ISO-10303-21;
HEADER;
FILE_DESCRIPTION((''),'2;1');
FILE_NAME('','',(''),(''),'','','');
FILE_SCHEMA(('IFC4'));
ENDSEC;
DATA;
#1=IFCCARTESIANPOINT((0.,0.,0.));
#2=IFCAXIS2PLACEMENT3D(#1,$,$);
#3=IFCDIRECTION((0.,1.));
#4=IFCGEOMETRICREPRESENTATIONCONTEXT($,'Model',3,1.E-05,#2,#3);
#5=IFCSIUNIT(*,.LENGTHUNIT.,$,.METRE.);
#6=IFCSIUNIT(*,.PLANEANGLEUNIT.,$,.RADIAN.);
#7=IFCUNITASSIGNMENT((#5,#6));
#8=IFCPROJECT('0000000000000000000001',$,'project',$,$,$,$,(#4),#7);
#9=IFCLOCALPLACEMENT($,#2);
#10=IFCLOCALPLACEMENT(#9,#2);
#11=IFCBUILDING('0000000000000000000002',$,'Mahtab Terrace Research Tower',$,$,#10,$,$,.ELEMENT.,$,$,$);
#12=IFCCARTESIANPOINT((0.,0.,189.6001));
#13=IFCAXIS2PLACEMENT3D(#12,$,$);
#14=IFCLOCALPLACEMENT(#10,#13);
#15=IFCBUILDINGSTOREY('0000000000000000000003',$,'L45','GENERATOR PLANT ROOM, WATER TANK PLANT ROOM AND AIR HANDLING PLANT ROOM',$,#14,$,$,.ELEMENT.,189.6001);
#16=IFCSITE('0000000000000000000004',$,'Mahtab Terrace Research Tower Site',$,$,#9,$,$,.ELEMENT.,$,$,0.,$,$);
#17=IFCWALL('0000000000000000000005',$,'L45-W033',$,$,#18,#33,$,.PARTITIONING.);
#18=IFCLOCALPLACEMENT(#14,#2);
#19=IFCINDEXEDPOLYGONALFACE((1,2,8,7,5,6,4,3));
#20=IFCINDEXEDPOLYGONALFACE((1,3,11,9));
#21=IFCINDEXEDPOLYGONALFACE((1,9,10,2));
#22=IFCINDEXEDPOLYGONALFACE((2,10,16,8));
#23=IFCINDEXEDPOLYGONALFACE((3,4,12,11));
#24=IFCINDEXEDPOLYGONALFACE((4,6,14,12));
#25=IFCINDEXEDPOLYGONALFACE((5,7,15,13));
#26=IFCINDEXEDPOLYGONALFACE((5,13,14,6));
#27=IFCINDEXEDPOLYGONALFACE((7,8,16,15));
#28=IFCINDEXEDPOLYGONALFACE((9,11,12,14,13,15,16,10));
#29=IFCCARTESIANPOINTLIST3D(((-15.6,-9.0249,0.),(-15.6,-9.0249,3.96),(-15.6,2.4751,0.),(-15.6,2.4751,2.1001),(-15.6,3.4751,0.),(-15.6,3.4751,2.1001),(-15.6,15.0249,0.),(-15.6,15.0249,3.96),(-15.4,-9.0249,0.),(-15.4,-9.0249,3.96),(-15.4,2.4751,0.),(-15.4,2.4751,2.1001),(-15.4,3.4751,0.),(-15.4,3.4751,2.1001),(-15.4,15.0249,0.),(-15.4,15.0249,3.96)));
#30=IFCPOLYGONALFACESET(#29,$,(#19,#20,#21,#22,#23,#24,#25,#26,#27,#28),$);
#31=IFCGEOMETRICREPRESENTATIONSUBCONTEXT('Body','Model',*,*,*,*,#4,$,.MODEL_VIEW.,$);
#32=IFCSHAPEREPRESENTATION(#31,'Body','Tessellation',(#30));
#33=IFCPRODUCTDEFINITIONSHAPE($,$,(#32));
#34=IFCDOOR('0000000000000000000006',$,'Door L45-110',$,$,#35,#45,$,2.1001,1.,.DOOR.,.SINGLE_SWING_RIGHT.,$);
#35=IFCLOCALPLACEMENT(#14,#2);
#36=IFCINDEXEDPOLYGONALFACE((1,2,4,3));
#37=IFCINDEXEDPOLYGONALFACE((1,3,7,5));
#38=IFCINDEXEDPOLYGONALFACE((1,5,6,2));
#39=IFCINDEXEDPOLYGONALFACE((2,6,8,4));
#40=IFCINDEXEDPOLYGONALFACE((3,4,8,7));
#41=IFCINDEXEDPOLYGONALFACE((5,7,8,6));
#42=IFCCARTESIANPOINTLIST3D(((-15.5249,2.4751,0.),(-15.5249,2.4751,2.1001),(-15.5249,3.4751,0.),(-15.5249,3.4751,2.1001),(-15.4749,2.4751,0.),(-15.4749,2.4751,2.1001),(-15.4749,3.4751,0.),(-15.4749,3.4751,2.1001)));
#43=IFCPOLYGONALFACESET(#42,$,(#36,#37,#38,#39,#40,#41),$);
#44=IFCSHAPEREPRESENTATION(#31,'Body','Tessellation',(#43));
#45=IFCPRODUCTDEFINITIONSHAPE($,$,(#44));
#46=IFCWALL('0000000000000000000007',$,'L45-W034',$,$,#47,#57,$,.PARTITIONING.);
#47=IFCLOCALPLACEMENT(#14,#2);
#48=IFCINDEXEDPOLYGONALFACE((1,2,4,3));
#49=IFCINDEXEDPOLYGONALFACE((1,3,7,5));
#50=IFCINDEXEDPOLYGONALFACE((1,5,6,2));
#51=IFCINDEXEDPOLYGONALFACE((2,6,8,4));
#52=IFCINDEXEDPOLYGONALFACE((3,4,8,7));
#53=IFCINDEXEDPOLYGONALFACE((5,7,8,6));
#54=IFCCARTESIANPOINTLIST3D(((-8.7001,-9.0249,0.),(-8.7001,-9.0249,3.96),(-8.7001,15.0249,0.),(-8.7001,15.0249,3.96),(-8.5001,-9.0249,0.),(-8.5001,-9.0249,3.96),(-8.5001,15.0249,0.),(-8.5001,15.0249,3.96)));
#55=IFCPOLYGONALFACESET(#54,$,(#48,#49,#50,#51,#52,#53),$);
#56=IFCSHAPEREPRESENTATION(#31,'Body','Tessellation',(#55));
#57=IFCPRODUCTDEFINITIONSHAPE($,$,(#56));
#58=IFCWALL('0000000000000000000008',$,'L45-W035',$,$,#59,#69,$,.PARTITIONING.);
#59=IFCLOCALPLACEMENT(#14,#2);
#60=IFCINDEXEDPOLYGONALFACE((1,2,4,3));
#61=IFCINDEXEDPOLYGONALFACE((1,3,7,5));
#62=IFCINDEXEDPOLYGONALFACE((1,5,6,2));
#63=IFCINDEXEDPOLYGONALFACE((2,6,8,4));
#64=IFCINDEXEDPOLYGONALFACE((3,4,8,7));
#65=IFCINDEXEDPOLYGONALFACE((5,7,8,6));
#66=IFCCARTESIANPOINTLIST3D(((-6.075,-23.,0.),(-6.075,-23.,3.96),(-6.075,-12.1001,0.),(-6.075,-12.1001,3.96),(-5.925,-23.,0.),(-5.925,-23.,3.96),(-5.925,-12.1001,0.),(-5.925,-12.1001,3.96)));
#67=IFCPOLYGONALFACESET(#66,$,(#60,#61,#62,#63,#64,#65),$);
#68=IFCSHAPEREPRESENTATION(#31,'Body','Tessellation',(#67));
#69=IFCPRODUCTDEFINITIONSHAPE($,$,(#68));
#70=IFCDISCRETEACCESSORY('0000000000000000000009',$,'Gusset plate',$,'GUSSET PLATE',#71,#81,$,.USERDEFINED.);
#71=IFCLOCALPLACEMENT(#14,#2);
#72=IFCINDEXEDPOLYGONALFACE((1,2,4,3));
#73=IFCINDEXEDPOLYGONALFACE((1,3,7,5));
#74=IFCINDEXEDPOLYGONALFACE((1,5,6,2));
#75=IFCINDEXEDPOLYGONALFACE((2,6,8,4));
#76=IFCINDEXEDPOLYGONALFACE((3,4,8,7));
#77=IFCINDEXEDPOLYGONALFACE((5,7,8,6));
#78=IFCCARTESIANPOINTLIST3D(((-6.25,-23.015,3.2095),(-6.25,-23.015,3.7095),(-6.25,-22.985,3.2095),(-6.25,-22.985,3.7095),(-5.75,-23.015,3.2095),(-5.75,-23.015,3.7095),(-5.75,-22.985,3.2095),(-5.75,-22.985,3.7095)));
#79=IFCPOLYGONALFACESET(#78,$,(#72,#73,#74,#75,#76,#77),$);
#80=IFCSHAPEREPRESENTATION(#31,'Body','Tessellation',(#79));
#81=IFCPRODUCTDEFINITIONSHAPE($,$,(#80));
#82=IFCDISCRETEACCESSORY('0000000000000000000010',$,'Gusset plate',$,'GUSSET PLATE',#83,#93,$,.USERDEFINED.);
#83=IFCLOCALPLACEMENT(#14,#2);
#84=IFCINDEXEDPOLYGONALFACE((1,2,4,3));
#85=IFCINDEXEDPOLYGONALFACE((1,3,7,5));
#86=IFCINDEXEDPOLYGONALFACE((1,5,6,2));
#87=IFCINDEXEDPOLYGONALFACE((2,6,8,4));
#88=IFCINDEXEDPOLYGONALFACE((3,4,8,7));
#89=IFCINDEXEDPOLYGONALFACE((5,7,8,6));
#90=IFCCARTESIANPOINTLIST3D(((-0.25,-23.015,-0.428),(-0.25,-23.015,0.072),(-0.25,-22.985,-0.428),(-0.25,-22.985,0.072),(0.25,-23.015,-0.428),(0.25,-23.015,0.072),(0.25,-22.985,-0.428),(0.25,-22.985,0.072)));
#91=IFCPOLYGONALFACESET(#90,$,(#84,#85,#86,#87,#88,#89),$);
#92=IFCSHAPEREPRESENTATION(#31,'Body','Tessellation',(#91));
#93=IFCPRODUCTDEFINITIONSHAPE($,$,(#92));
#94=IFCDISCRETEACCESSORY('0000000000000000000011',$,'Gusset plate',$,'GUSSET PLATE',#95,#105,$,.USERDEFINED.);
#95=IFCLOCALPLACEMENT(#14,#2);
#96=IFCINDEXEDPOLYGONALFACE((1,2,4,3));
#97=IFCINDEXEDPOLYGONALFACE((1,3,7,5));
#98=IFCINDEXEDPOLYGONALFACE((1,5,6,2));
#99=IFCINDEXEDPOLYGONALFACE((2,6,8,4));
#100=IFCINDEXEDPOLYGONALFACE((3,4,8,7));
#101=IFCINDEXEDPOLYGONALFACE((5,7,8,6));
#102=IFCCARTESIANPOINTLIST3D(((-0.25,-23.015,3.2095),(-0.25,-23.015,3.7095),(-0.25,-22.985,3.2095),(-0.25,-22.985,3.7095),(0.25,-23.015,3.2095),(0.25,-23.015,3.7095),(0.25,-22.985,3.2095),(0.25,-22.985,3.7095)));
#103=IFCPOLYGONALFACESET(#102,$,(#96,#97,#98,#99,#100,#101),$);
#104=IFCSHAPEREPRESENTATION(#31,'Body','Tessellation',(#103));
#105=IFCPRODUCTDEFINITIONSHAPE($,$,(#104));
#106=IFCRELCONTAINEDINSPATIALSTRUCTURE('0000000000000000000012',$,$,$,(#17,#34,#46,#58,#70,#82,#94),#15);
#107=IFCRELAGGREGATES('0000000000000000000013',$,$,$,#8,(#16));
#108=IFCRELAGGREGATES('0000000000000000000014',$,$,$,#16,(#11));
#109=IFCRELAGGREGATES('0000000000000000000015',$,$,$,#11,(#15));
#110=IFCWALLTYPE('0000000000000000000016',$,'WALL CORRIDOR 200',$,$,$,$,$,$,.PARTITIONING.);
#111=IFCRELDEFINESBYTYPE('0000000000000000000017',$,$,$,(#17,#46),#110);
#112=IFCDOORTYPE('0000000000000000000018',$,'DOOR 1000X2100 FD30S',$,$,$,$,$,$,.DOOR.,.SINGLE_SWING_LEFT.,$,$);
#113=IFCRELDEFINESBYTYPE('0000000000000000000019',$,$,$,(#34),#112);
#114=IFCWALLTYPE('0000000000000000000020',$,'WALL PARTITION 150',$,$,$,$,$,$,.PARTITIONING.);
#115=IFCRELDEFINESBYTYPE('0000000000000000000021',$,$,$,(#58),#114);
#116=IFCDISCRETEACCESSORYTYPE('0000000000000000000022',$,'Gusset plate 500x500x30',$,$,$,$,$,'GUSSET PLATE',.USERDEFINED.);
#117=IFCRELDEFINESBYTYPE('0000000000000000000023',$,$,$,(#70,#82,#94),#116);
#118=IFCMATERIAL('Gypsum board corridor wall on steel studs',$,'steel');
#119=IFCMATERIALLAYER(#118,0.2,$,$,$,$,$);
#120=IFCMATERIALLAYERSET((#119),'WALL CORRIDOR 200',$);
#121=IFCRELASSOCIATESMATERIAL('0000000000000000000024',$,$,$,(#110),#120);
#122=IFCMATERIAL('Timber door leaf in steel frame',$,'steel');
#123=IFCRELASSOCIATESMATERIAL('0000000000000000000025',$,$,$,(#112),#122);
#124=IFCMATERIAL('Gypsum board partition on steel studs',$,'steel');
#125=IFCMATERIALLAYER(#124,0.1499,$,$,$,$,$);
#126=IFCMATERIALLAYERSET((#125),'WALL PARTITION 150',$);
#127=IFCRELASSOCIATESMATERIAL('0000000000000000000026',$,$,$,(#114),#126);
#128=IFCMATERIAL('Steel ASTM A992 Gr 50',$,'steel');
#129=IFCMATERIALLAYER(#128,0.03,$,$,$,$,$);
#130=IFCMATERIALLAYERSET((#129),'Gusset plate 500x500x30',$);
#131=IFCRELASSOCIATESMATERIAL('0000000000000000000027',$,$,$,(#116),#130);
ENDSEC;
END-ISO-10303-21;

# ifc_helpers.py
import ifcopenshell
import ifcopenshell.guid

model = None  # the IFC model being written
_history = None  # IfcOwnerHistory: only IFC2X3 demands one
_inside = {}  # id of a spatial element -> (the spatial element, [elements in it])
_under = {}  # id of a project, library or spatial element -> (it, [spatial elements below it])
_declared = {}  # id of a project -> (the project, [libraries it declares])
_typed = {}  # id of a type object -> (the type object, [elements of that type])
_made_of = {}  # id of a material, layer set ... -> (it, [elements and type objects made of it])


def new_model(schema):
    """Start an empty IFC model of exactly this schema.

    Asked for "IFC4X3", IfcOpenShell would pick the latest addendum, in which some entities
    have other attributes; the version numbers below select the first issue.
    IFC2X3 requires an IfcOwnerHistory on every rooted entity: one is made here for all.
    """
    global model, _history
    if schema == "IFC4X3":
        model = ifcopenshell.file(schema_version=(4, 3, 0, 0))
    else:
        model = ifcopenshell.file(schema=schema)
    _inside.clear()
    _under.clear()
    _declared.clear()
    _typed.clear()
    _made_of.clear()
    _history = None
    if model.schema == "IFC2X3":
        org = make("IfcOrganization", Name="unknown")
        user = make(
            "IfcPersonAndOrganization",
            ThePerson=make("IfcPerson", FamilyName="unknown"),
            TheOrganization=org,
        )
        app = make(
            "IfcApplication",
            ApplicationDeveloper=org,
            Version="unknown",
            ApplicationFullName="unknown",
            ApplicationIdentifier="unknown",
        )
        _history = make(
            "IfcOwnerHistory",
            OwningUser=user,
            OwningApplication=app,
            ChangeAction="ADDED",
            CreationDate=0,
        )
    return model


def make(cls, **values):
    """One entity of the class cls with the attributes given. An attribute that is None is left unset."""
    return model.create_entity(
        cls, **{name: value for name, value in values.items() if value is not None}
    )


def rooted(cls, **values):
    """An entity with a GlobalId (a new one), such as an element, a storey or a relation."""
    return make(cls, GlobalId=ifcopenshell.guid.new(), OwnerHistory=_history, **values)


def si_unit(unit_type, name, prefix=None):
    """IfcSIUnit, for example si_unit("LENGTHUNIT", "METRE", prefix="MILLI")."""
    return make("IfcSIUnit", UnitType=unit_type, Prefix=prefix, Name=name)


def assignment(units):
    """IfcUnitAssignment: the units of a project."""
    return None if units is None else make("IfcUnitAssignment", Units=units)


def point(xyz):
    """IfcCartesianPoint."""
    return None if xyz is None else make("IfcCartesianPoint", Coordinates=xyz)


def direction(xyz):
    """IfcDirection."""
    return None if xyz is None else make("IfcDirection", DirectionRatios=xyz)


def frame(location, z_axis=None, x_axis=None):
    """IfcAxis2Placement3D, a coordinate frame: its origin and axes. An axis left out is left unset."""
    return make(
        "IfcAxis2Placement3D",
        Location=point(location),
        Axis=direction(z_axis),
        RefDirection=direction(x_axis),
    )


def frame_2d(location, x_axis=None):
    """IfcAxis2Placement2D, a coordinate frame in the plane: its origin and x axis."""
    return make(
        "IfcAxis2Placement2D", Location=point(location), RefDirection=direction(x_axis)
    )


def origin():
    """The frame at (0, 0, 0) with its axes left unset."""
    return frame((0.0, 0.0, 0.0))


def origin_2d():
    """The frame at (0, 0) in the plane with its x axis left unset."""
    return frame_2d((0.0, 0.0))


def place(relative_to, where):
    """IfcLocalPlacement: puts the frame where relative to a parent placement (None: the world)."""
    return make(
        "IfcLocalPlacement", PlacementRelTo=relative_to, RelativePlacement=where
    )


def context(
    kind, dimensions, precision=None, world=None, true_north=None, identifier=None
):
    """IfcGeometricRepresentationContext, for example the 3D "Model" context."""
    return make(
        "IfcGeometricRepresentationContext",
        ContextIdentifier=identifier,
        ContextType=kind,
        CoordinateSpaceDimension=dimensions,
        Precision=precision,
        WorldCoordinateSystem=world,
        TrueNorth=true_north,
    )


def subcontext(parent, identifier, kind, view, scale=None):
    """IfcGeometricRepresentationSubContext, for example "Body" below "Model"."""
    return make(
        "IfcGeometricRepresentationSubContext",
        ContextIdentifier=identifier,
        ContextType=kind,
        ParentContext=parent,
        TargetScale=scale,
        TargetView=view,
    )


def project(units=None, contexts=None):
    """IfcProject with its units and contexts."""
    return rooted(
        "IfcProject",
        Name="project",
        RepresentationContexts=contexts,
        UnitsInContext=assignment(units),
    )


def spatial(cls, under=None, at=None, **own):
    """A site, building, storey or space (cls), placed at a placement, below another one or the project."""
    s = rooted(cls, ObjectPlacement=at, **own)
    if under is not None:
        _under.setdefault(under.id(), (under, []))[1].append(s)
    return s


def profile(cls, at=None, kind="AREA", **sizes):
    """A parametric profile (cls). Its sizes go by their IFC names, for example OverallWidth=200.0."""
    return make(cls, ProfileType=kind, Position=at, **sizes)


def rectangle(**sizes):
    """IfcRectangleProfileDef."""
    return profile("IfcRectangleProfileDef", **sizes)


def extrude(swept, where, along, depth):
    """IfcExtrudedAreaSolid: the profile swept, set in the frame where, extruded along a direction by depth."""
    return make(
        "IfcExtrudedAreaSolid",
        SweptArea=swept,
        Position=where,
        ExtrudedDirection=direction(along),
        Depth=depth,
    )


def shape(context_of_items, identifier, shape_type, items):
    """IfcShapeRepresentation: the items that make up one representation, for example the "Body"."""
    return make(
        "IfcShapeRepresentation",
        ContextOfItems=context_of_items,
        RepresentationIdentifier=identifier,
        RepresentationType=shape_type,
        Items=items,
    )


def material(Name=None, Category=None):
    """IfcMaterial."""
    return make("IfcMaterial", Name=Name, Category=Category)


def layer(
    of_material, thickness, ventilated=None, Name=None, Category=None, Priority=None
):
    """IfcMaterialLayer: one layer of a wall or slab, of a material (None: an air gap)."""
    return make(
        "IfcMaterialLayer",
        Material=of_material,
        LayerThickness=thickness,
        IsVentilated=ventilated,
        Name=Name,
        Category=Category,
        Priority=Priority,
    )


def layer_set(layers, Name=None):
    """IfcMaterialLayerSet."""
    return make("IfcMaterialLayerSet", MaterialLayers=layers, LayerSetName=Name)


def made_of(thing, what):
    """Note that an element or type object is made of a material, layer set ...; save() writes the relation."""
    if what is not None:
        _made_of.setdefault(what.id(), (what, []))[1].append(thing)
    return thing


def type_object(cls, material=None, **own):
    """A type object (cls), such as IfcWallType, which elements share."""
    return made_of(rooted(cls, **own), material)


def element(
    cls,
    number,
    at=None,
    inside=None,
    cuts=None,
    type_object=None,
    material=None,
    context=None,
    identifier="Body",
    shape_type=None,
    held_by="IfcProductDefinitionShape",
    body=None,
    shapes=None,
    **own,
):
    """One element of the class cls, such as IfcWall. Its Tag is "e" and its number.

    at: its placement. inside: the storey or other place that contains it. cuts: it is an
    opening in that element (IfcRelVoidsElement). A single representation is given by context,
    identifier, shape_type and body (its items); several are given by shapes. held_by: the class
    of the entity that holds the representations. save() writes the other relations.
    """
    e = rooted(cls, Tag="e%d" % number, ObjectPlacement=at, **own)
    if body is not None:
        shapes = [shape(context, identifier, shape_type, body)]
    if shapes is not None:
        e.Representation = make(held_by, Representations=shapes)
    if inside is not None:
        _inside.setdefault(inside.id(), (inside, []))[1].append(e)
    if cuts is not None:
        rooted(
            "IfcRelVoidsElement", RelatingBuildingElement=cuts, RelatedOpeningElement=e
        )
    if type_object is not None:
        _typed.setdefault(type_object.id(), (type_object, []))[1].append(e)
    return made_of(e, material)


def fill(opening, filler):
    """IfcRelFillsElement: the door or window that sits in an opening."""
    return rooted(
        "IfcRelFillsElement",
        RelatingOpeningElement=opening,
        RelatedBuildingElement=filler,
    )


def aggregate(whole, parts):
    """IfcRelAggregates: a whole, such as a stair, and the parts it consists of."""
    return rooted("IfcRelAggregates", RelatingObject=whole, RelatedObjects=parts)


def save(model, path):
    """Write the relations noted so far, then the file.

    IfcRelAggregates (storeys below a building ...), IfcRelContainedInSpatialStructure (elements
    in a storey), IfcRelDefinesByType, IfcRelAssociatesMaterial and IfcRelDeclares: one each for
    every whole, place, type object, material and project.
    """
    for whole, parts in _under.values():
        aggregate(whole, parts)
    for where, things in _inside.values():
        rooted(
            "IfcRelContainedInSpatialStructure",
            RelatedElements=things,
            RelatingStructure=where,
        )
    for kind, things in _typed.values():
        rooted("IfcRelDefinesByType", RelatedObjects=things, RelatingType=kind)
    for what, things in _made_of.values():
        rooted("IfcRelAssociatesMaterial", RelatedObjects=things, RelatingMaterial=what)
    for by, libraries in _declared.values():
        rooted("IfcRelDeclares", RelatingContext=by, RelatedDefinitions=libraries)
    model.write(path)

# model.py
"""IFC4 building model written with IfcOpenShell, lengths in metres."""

from ifc_helpers import new_model, si_unit, direction, frame, frame_2d, origin, origin_2d, place, context, subcontext, project, spatial, rectangle, extrude, material, layer, layer_set, type_object, element, fill, save


model = new_model("IFC4")

# Units and contexts
model_context = context("Model", 3, precision=1e-05, world=origin(), true_north=direction((0.0, 1.0)))
body_context = subcontext(model_context, "Body", "Model", "MODEL_VIEW")
ifc_project = project(units=[si_unit("LENGTHUNIT", "METRE"), si_unit("PLANEANGLEUNIT", "RADIAN")], contexts=[model_context])

# Site, building, storey
site_placement = place(None, origin())
site = spatial("IfcSite", under=ifc_project, at=site_placement, Name="Mahtab Terrace Research Tower Site", CompositionType="ELEMENT", RefElevation=0.0)
building_placement = place(site_placement, origin())
building = spatial("IfcBuilding", under=site, at=building_placement, Name="Mahtab Terrace Research Tower", CompositionType="ELEMENT")
storey_placement = place(building_placement, frame((0.0, 0.0, 189.6001)))
storey = spatial("IfcBuildingStorey", under=building, at=storey_placement, Name="L45", Description="GENERATOR PLANT ROOM, WATER TANK PLANT ROOM AND AIR HANDLING PLANT ROOM", CompositionType="ELEMENT", Elevation=189.6001)

# Shared definitions
ifc_material_1 = material(Name="Steel ASTM A992 Gr 50", Category="steel")

# Shared definitions
ifc_material_2 = material(Name="Gypsum board corridor wall on steel studs", Category="steel")
ifc_layer_1 = layer(ifc_material_2, 0.2)
ifc_layer_set_1 = layer_set([ifc_layer_1], Name="WALL CORRIDOR 200")
wall_type_1 = type_object("IfcWallType", Name="WALL CORRIDOR 200", PredefinedType="PARTITIONING", material=ifc_layer_set_1)
ifc_material_3 = material(Name="Timber door leaf in steel frame", Category="steel")
door_type_1 = type_object("IfcDoorType", Name="DOOR 1000X2100 FD30S", OperationType="SINGLE_SWING_LEFT", PredefinedType="DOOR", material=ifc_material_3)

# Wall, opening, door
wall_1_placement = place(storey_placement, frame((-15.5, -9.0249, 0.0), z_axis=(0.0, 0.0, 1.0), x_axis=(0.0, 1.0, 0.0)))
wall_1 = element("IfcWall", 1, at=wall_1_placement, inside=storey, type_object=wall_type_1, Name="L45-W033", PredefinedType="PARTITIONING", context=body_context, shape_type="SweptSolid", body=[
    extrude(rectangle(XDim=24.0498, YDim=0.2, at=frame_2d((12.0249, 0.0))), origin(), (0.0, 0.0, 1.0), 3.96),
])
opening_1_placement = place(wall_1_placement, frame((11.5, 0.0, 0.0)))
opening_1 = element("IfcOpeningElement", 2, at=opening_1_placement, cuts=wall_1, PredefinedType="OPENING", context=body_context, shape_type="SweptSolid", body=[
    extrude(rectangle(XDim=1.0, YDim=2.1001, at=frame_2d((0.5, 1.05))), frame((0.0, 0.1099, 0.0), z_axis=(0.0, -1.0, 0.0), x_axis=(1.0, 0.0, 0.0)), (0.0, 0.0, 1.0), 0.22),
])
door_1_placement = place(opening_1_placement, origin())
door_1 = element("IfcDoor", 3, at=door_1_placement, inside=storey, type_object=door_type_1, Name="Door L45-110", OperationType="SINGLE_SWING_RIGHT", OverallHeight=2.1001, OverallWidth=1.0, PredefinedType="DOOR", context=body_context, shape_type="SweptSolid", body=[
    extrude(rectangle(XDim=1.0, YDim=2.1001, at=frame_2d((0.5, 1.05))), frame((0.0, 0.0249, 0.0), z_axis=(0.0, -1.0, 0.0), x_axis=(1.0, 0.0, 0.0)), (0.0, 0.0, 1.0), 0.05),
])
fill(opening_1, door_1)

# Walls
wall_2_placement = place(storey_placement, frame((-8.6001, -9.0249, 0.0), z_axis=(0.0, 0.0, 1.0), x_axis=(0.0, 1.0, 0.0)))
element("IfcWall", 4, at=wall_2_placement, inside=storey, type_object=wall_type_1, Name="L45-W034", PredefinedType="PARTITIONING", context=body_context, shape_type="SweptSolid", body=[
    extrude(rectangle(XDim=24.0498, YDim=0.2, at=frame_2d((12.0249, 0.0))), origin(), (0.0, 0.0, 1.0), 3.96),
])
ifc_material_4 = material(Name="Gypsum board partition on steel studs", Category="steel")
ifc_layer_2 = layer(ifc_material_4, 0.1499)
ifc_layer_set_2 = layer_set([ifc_layer_2], Name="WALL PARTITION 150")
wall_type_2 = type_object("IfcWallType", Name="WALL PARTITION 150", PredefinedType="PARTITIONING", material=ifc_layer_set_2)
wall_3_placement = place(storey_placement, frame((-6.0, -23.0, 0.0), z_axis=(0.0, 0.0, 1.0), x_axis=(0.0, 1.0, 0.0)))
element("IfcWall", 5, at=wall_3_placement, inside=storey, type_object=wall_type_2, Name="L45-W035", PredefinedType="PARTITIONING", context=body_context, shape_type="SweptSolid", body=[
    extrude(rectangle(XDim=10.8999, YDim=0.1499, at=frame_2d((5.45, 0.0))), origin(), (0.0, 0.0, 1.0), 3.96),
])

# Discrete accessories
ifc_layer_3 = layer(ifc_material_1, 0.03)
ifc_layer_set_3 = layer_set([ifc_layer_3], Name="Gusset plate 500x500x30")
discrete_accessory_type = type_object("IfcDiscreteAccessoryType", Name="Gusset plate 500x500x30", ElementType="GUSSET PLATE", PredefinedType="USERDEFINED", material=ifc_layer_set_3)
for number, where, z_axis, x_axis, name in (
    (6, (-6.0, -23.0, 3.2095), (0.0, 0.0, 1.0), (1.0, 0.0, 0.0), "Gusset plate"),
    (7, (0.0, -23.0, -0.428), (0.0, 0.0, 1.0), (1.0, 0.0, 0.0), "Gusset plate"),
    (8, (0.0, -23.0, 3.2095), (0.0, 0.0, 1.0), (1.0, 0.0, 0.0), "Gusset plate"),
):
    element("IfcDiscreteAccessory", number, at=place(storey_placement, frame(where, z_axis=z_axis, x_axis=x_axis)), inside=storey, type_object=discrete_accessory_type, Name=name, ObjectType="GUSSET PLATE", PredefinedType="USERDEFINED", context=body_context, shape_type="SweptSolid", body=[
        extrude(rectangle(XDim=0.5, YDim=0.03, at=origin_2d()), origin(), (0.0, 0.0, 1.0), 0.5),
    ])

save(model, "model.ifc")
